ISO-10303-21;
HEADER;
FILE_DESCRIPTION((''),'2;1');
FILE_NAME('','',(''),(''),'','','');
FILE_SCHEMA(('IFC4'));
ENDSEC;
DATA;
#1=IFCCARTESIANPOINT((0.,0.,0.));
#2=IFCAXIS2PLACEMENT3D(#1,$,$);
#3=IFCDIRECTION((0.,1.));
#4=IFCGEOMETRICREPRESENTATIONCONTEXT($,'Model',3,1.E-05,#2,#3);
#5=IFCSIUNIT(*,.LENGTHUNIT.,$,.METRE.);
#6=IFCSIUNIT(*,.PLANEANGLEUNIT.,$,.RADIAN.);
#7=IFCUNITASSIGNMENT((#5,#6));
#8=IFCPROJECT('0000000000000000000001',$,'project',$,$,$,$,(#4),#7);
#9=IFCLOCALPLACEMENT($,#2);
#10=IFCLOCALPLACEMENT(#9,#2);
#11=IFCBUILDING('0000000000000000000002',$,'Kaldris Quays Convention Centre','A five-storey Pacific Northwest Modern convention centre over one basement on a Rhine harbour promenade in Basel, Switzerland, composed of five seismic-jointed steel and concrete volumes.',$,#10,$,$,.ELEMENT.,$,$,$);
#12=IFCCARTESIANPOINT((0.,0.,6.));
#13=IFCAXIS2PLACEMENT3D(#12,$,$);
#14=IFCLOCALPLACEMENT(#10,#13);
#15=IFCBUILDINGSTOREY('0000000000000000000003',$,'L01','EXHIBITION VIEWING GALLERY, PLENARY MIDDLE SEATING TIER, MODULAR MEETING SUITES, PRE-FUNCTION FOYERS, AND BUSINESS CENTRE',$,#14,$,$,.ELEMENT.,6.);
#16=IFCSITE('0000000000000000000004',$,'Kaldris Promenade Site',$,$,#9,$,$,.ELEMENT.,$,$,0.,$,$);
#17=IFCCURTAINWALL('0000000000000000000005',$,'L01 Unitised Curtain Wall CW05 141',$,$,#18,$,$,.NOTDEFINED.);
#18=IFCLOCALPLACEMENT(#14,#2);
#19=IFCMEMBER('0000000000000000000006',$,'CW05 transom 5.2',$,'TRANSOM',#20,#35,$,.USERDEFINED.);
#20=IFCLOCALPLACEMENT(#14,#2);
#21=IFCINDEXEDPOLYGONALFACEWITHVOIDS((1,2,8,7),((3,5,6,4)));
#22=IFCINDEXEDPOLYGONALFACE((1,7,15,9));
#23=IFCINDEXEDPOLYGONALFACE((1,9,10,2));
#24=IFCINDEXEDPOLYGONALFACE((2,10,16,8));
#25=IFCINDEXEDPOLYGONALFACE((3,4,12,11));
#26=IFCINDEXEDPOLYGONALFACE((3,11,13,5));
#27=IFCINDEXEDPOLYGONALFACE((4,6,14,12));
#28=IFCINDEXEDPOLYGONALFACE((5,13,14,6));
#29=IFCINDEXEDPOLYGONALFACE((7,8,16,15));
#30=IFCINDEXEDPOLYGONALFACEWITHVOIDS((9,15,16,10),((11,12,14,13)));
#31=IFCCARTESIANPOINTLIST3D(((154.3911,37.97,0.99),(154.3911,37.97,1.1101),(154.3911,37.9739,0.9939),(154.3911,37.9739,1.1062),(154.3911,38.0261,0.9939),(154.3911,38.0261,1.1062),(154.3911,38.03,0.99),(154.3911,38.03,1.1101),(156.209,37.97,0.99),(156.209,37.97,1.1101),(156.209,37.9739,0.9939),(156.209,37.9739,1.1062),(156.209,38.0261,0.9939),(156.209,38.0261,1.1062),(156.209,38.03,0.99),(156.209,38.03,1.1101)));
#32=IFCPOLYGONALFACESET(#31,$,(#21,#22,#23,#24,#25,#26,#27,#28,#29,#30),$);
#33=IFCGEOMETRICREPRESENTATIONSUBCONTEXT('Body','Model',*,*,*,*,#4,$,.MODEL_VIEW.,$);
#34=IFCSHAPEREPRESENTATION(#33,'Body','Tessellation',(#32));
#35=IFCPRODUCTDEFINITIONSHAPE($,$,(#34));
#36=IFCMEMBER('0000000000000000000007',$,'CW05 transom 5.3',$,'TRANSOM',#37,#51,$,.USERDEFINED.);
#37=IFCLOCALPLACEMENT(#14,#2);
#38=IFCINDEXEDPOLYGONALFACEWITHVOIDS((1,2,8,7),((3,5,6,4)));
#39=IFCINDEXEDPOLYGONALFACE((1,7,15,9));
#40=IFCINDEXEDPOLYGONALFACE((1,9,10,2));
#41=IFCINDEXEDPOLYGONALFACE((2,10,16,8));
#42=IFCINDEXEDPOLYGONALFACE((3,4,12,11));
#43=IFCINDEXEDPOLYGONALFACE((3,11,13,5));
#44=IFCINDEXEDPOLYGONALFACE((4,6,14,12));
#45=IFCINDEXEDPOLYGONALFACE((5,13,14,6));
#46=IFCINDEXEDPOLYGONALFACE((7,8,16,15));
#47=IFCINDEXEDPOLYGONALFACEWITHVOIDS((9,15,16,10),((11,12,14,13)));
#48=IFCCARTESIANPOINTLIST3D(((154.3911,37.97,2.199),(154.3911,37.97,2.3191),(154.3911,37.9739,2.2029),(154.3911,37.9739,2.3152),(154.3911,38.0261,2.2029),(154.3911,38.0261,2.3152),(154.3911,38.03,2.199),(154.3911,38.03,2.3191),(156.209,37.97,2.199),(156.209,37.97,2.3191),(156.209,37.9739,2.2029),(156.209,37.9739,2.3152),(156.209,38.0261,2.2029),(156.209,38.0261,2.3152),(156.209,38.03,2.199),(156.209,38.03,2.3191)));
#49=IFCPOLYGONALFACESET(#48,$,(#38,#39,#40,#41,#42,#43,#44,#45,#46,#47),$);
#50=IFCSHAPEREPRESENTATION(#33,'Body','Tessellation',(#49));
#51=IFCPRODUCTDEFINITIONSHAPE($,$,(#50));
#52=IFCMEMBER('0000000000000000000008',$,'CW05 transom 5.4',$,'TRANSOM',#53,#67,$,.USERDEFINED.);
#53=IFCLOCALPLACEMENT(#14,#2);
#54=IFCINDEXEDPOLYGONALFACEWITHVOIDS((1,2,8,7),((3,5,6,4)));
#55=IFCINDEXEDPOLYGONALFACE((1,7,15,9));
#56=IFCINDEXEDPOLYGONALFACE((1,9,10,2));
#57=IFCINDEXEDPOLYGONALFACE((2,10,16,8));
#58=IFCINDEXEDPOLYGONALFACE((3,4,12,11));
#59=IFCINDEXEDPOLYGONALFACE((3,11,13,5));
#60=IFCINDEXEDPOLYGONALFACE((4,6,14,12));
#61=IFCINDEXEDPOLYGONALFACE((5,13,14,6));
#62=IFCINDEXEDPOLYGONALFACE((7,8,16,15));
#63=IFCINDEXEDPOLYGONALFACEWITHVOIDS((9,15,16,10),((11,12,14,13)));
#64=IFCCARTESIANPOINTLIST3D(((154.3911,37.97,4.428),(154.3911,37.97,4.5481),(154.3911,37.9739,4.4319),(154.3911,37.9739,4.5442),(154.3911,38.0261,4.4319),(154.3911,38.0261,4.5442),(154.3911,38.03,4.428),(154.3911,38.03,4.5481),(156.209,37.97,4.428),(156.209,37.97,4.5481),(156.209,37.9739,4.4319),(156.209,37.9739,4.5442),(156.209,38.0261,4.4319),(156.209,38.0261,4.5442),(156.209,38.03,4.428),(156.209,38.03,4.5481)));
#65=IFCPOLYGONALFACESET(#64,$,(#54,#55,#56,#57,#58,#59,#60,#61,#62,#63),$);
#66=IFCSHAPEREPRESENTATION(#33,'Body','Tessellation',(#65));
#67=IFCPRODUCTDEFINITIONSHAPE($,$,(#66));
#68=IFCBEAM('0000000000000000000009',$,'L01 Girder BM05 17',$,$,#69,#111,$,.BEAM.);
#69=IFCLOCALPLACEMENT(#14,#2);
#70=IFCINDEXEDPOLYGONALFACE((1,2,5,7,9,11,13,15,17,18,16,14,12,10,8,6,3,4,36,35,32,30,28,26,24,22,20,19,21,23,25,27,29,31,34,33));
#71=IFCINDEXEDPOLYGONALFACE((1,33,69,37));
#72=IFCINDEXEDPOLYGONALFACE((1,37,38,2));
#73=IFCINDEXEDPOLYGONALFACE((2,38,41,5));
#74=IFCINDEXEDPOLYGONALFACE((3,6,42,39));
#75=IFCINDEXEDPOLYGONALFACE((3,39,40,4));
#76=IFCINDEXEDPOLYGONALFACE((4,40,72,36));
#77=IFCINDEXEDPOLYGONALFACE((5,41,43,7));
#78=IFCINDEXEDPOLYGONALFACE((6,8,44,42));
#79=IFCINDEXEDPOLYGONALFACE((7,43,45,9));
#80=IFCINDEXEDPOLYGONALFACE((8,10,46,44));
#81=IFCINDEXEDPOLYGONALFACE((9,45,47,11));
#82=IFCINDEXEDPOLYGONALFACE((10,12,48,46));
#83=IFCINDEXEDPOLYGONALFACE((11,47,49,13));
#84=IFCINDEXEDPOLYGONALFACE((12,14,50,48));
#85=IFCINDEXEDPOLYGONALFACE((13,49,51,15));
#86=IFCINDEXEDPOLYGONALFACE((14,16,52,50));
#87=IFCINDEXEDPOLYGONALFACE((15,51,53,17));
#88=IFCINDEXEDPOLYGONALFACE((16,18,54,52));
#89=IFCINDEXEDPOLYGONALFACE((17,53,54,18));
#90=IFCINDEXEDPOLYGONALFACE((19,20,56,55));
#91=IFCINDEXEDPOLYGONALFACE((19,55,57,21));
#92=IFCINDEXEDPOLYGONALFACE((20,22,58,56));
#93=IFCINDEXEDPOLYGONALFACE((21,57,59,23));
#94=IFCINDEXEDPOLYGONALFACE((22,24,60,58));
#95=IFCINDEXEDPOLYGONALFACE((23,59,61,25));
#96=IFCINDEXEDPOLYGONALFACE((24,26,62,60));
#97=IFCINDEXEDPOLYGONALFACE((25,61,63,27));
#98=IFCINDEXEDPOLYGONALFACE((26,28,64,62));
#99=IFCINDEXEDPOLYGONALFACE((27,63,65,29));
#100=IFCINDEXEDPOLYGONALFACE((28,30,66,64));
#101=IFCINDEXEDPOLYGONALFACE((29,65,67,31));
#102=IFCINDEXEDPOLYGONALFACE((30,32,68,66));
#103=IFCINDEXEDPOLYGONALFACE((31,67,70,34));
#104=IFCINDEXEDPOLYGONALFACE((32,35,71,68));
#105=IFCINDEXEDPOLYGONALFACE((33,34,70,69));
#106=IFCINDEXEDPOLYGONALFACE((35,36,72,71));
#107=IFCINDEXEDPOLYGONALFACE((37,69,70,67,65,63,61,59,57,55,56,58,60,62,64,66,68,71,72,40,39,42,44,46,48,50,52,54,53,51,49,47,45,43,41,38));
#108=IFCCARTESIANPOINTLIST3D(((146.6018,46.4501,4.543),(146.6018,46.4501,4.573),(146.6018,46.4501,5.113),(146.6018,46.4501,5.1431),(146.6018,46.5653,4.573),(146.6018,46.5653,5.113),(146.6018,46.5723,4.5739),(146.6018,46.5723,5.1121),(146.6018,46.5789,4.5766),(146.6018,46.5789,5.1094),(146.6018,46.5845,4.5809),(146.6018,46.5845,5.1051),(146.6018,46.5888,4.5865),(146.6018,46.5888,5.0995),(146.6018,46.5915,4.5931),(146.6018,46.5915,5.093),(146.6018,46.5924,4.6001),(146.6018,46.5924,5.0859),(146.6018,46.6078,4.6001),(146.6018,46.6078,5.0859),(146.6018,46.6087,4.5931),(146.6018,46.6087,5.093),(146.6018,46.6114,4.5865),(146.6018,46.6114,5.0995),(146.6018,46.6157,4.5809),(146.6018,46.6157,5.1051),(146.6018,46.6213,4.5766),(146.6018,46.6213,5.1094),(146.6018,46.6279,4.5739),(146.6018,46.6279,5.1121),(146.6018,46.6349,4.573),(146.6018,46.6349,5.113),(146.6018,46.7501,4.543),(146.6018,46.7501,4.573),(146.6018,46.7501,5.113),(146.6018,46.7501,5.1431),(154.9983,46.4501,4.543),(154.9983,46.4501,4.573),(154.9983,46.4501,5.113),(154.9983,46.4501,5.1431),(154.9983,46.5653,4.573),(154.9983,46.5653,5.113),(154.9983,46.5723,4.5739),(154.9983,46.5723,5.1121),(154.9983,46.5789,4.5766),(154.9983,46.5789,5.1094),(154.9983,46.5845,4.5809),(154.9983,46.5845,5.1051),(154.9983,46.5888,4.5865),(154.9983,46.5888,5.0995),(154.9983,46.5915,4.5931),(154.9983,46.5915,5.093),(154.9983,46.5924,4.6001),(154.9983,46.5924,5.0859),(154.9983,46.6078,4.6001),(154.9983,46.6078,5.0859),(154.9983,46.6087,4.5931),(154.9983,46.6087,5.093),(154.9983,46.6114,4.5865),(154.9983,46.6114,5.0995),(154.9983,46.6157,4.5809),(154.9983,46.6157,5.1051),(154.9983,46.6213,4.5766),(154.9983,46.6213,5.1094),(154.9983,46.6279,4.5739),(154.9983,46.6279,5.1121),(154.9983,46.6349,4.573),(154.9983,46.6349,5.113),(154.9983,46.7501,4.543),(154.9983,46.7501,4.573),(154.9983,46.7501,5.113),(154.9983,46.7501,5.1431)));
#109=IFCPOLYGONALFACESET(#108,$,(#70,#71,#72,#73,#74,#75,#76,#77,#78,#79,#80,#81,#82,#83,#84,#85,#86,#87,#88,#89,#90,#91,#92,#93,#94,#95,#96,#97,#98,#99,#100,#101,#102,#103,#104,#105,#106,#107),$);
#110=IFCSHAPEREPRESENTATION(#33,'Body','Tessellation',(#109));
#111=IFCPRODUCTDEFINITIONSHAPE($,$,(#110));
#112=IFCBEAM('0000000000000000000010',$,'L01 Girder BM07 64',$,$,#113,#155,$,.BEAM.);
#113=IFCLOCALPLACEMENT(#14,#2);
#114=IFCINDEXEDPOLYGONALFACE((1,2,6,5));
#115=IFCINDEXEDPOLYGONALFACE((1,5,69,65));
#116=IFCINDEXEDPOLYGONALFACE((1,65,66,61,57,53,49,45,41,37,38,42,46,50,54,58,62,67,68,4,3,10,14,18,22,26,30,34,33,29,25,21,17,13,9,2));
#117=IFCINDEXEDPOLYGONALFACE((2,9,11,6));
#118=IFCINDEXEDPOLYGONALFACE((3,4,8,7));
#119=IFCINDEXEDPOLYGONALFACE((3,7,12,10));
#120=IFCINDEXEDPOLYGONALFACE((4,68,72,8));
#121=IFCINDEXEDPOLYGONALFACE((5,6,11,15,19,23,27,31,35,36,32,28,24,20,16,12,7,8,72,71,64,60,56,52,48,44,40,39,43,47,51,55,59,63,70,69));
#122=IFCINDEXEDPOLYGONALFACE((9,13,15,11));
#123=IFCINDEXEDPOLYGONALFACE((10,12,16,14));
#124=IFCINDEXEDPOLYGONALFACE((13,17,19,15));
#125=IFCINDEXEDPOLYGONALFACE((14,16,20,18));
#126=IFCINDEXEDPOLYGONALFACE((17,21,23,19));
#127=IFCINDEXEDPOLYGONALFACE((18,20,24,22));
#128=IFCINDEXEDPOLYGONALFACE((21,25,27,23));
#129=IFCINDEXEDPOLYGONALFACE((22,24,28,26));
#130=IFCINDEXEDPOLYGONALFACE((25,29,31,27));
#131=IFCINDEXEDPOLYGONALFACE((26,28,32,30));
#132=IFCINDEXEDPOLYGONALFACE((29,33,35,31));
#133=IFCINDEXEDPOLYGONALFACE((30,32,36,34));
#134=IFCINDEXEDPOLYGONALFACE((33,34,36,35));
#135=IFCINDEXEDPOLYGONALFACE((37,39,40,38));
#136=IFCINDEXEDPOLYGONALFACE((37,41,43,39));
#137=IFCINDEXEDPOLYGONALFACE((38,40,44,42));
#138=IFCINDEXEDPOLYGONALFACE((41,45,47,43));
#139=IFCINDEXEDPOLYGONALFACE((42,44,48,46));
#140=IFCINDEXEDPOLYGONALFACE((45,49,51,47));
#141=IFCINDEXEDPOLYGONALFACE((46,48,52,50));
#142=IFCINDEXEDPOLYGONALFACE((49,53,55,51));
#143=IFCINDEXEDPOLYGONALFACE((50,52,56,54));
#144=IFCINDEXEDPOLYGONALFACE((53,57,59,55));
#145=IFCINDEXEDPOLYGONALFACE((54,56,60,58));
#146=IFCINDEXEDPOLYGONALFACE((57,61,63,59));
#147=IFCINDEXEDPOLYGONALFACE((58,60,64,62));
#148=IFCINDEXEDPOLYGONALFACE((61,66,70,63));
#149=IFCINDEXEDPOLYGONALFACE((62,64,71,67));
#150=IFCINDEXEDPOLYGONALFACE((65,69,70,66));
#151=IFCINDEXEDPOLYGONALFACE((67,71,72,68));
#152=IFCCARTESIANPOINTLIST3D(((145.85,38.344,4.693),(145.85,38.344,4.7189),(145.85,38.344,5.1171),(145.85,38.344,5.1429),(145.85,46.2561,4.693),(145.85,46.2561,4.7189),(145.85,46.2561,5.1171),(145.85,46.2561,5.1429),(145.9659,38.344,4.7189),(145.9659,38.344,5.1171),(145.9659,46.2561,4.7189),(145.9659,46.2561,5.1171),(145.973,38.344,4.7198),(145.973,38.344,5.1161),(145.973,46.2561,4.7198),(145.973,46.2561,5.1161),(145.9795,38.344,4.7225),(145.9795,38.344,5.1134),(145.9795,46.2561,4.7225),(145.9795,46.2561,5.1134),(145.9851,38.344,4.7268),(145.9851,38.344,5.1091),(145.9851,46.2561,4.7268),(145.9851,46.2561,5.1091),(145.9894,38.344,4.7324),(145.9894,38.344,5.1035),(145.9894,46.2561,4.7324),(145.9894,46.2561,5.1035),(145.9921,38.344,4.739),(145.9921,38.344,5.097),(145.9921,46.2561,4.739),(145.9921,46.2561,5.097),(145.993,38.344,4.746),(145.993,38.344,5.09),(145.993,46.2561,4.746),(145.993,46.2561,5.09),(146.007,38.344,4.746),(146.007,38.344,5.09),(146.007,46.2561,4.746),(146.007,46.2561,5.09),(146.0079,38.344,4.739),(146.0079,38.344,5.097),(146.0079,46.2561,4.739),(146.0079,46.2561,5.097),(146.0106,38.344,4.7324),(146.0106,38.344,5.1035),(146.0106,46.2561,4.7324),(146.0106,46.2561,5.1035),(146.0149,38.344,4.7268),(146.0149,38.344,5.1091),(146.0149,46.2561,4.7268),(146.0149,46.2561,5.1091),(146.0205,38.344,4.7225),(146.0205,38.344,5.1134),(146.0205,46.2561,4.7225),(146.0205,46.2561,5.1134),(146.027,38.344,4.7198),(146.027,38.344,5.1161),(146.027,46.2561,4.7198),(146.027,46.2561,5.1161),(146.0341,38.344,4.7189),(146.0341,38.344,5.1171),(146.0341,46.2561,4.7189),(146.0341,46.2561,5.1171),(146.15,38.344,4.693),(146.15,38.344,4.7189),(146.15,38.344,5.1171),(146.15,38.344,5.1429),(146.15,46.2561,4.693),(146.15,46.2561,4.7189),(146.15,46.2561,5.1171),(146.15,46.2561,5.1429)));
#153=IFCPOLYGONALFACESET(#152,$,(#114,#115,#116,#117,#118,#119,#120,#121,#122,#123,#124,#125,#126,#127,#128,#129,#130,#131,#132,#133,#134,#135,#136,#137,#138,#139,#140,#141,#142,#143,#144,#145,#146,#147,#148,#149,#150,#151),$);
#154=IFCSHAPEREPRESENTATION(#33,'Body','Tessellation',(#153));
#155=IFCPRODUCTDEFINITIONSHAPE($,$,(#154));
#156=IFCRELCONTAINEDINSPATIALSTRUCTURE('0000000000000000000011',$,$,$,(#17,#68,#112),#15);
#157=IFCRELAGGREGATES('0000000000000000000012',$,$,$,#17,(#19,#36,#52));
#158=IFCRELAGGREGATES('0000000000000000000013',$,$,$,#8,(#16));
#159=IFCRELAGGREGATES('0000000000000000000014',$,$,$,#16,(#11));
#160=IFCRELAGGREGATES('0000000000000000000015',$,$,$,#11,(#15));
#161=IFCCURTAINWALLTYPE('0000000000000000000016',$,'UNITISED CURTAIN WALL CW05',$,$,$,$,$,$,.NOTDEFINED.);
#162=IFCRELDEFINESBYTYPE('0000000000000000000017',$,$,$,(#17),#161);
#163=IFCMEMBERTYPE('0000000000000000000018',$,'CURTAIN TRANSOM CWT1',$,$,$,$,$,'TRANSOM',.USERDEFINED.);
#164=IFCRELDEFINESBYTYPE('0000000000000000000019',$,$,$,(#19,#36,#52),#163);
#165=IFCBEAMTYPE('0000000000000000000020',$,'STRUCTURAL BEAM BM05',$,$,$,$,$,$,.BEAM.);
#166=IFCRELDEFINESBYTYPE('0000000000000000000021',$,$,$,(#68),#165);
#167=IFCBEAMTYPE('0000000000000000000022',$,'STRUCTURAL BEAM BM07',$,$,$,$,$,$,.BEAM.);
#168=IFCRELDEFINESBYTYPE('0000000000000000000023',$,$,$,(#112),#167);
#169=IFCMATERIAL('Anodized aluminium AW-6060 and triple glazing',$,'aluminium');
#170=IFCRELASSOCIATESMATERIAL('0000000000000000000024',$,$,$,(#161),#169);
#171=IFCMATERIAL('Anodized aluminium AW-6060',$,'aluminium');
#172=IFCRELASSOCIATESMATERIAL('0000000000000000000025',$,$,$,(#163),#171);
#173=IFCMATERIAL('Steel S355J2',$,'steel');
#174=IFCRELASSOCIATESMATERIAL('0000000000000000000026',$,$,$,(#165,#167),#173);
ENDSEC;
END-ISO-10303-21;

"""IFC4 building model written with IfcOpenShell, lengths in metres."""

from ifc_helpers import new_model, si_unit, direction, frame, origin, origin_2d, place, context, subcontext, project, spatial, hollow_rectangle, i_section, extrude, material, material_profile, profile_set, type_object, element, aggregate, save


model = new_model("IFC4")

# Units and contexts
model_context = context("Model", 3, precision=1e-05, world=origin(), true_north=direction((0.0, 1.0)))
body_context = subcontext(model_context, "Body", "Model", "MODEL_VIEW")
ifc_project = project(units=[si_unit("LENGTHUNIT", "METRE"), si_unit("PLANEANGLEUNIT", "RADIAN")], contexts=[model_context])

# Site, building, storey
site_placement = place(None, origin())
site = spatial("IfcSite", under=ifc_project, at=site_placement, Name="Kaldris Promenade Site", CompositionType="ELEMENT", RefElevation=0.0)
building_placement = place(site_placement, origin())
building = spatial("IfcBuilding", under=site, at=building_placement, Name="Kaldris Quays Convention Centre", Description="A five-storey Pacific Northwest Modern convention centre over one basement on a Rhine harbour promenade in Basel, Switzerland, composed of five seismic-jointed steel and concrete volumes.", CompositionType="ELEMENT")
storey_placement = place(building_placement, frame((0.0, 0.0, 6.0)))
storey = spatial("IfcBuildingStorey", under=building, at=storey_placement, Name="L01", Description="EXHIBITION VIEWING GALLERY, PLENARY MIDDLE SEATING TIER, MODULAR MEETING SUITES, PRE-FUNCTION FOYERS, AND BUSINESS CENTRE", CompositionType="ELEMENT", Elevation=6.0)

# Shared definitions
ifc_material_1 = material(Name="Steel S355J2", Category="steel")

# Curtain wall, members
ifc_material_2 = material(Name="Anodized aluminium AW-6060 and triple glazing", Category="aluminium")
curtain_wall_type = type_object("IfcCurtainWallType", Name="UNITISED CURTAIN WALL CW05", PredefinedType="NOTDEFINED", material=ifc_material_2)
curtain_wall_placement = place(storey_placement, origin())
curtain_wall = element("IfcCurtainWall", 1, at=curtain_wall_placement, inside=storey, type_object=curtain_wall_type, Name="L01 Unitised Curtain Wall CW05 141", PredefinedType="NOTDEFINED")
ifc_material_3 = material(Name="Anodized aluminium AW-6060", Category="aluminium")
ifc_material_profile_1 = material_profile(ifc_material_3, hollow_rectangle(XDim=0.0601, YDim=0.1201, WallThickness=0.0039, at=origin_2d()), Name="RHS 120x60x4")
ifc_profile_set_1 = profile_set([ifc_material_profile_1], Name="Anodized aluminium AW-6060")
member_type_1 = type_object("IfcMemberType", Name="CURTAIN TRANSOM CWT1", ElementType="TRANSOM", PredefinedType="USERDEFINED", material=ifc_profile_set_1)
member_1_placement = place(storey_placement, frame((154.3911, 38.0, 1.05), z_axis=(1.0, 0.0, 0.0), x_axis=(0.0, 1.0, 0.0)))
member_1 = element("IfcMember", 2, at=member_1_placement, type_object=member_type_1, Name="CW05 transom 5.2", ObjectType="TRANSOM", PredefinedType="USERDEFINED", context=body_context, shape_type="SweptSolid", body=[
    extrude(hollow_rectangle(XDim=0.0601, YDim=0.1201, WallThickness=0.0039, at=origin_2d()), origin(), (0.0, 0.0, 1.0), 1.8179),
])
member_2_placement = place(storey_placement, frame((154.3911, 38.0, 2.259), z_axis=(1.0, 0.0, 0.0), x_axis=(0.0, 1.0, 0.0)))
member_2 = element("IfcMember", 3, at=member_2_placement, type_object=member_type_1, Name="CW05 transom 5.3", ObjectType="TRANSOM", PredefinedType="USERDEFINED", context=body_context, shape_type="SweptSolid", body=[
    extrude(hollow_rectangle(XDim=0.0601, YDim=0.1201, WallThickness=0.0039, at=origin_2d()), origin(), (0.0, 0.0, 1.0), 1.8179),
])
member_3_placement = place(storey_placement, frame((154.3911, 38.0, 4.488), z_axis=(1.0, 0.0, 0.0), x_axis=(0.0, 1.0, 0.0)))
member_3 = element("IfcMember", 4, at=member_3_placement, type_object=member_type_1, Name="CW05 transom 5.4", ObjectType="TRANSOM", PredefinedType="USERDEFINED", context=body_context, shape_type="SweptSolid", body=[
    extrude(hollow_rectangle(XDim=0.0601, YDim=0.1201, WallThickness=0.0039, at=origin_2d()), origin(), (0.0, 0.0, 1.0), 1.8179),
])

# Beams
ifc_material_profile_2 = material_profile(ifc_material_1, i_section(OverallWidth=0.3, OverallDepth=0.6001, WebThickness=0.0154, FlangeThickness=0.03, FilletRadius=0.0271, at=origin_2d()), Name="HEB 600")
ifc_profile_set_2 = profile_set([ifc_material_profile_2], Name="Steel S355J2")
beam_type_1 = type_object("IfcBeamType", Name="STRUCTURAL BEAM BM05", PredefinedType="BEAM", material=ifc_profile_set_2)
beam_1_placement = place(storey_placement, frame((146.6018, 46.6001, 4.843), z_axis=(1.0, 0.0, 0.0), x_axis=(0.0, 1.0, 0.0)))
element("IfcBeam", 5, at=beam_1_placement, inside=storey, type_object=beam_type_1, Name="L01 Girder BM05 17", PredefinedType="BEAM", context=body_context, shape_type="SweptSolid", body=[
    extrude(i_section(OverallWidth=0.3, OverallDepth=0.6001, WebThickness=0.0154, FlangeThickness=0.03, FilletRadius=0.0271, at=origin_2d()), origin(), (0.0, 0.0, 1.0), 8.3965),
])
ifc_material_profile_3 = material_profile(ifc_material_1, i_section(OverallWidth=0.3, OverallDepth=0.45, WebThickness=0.0139, FlangeThickness=0.0259, FilletRadius=0.0271, at=origin_2d()), Name="HEB 450")
ifc_profile_set_3 = profile_set([ifc_material_profile_3], Name="Steel S355J2")
beam_type_2 = type_object("IfcBeamType", Name="STRUCTURAL BEAM BM07", PredefinedType="BEAM", material=ifc_profile_set_3)
beam_2_placement = place(storey_placement, frame((146.0, 38.344, 4.918), z_axis=(0.0, 1.0, 0.0), x_axis=(-1.0, 0.0, 0.0)))
element("IfcBeam", 6, at=beam_2_placement, inside=storey, type_object=beam_type_2, Name="L01 Girder BM07 64", PredefinedType="BEAM", context=body_context, shape_type="SweptSolid", body=[
    extrude(i_section(OverallWidth=0.3, OverallDepth=0.45, WebThickness=0.0139, FlangeThickness=0.0259, FilletRadius=0.0271, at=origin_2d()), origin(), (0.0, 0.0, 1.0), 7.9121),
])

aggregate(curtain_wall, [member_1, member_2, member_3])

save(model, "model.ifc")
